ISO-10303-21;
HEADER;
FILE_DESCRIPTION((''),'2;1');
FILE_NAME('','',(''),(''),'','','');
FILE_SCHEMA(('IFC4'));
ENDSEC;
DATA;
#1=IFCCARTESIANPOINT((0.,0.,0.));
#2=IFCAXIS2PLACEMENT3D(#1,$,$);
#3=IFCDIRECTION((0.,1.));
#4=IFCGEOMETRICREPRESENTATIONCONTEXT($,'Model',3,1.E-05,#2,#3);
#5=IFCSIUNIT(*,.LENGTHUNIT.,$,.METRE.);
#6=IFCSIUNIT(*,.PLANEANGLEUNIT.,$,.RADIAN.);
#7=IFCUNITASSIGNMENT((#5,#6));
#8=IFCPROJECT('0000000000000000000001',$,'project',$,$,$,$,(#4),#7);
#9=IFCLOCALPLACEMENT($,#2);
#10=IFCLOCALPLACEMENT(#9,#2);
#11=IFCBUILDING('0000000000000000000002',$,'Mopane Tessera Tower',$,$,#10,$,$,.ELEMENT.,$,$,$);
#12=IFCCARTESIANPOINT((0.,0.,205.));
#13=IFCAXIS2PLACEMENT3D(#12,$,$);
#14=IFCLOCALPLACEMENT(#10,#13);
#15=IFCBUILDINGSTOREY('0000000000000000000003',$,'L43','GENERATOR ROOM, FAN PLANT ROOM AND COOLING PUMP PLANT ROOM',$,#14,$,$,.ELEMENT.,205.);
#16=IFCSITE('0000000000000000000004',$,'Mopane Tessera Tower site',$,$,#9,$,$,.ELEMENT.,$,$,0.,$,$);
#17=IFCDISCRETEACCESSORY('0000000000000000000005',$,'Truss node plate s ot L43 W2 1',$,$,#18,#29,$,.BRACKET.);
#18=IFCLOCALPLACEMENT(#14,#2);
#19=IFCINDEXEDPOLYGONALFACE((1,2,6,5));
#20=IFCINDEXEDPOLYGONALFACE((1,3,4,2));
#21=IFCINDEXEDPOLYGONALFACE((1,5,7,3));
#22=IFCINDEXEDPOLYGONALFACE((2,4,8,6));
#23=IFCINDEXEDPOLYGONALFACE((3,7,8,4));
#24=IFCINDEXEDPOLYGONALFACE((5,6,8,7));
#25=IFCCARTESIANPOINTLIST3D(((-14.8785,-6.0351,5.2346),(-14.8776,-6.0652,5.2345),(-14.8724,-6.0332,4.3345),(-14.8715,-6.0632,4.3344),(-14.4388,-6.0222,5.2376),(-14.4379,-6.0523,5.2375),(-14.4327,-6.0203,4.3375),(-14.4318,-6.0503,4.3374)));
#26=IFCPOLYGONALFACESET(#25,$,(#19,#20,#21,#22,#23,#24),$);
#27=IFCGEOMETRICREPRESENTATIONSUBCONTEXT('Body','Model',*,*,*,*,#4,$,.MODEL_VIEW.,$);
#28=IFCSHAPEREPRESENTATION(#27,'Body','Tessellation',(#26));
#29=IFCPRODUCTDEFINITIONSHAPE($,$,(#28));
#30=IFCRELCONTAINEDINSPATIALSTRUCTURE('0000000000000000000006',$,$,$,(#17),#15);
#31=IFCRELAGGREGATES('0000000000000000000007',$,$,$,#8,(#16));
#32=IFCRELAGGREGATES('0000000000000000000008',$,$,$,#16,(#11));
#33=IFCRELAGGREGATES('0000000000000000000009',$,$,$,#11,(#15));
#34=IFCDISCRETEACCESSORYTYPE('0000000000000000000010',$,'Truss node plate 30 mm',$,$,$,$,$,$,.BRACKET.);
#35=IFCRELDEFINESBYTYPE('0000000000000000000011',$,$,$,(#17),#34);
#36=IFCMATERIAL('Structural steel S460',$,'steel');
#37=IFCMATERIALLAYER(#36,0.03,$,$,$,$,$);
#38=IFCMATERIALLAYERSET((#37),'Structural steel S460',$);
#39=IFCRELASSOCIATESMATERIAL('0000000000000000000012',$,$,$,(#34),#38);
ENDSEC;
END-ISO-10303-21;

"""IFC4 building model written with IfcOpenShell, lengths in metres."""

from ifc_helpers import new_model, si_unit, direction, frame, origin, origin_2d, place, context, subcontext, project, spatial, rectangle, extrude, material, layer, layer_set, type_object, element, save


model = new_model("IFC4")

# Units and contexts
model_context = context("Model", 3, precision=1e-05, world=origin(), true_north=direction((0.0, 1.0)))
body_context = subcontext(model_context, "Body", "Model", "MODEL_VIEW")
ifc_project = project(units=[si_unit("LENGTHUNIT", "METRE"), si_unit("PLANEANGLEUNIT", "RADIAN")], contexts=[model_context])

# Site, building, storey
site_placement = place(None, origin())
site = spatial("IfcSite", under=ifc_project, at=site_placement, Name="Mopane Tessera Tower site", CompositionType="ELEMENT", RefElevation=0.0)
building_placement = place(site_placement, origin())
building = spatial("IfcBuilding", under=site, at=building_placement, Name="Mopane Tessera Tower", CompositionType="ELEMENT")
storey_placement = place(building_placement, frame((0.0, 0.0, 205.0)))
storey = spatial("IfcBuildingStorey", under=building, at=storey_placement, Name="L43", Description="GENERATOR ROOM, FAN PLANT ROOM AND COOLING PUMP PLANT ROOM", CompositionType="ELEMENT", Elevation=205.0)

# Discrete accessory
ifc_material_1 = material(Name="Structural steel S460", Category="steel")
ifc_layer_1 = layer(ifc_material_1, 0.03)
ifc_layer_set_1 = layer_set([ifc_layer_1], Name="Structural steel S460")
discrete_accessory_type_1 = type_object("IfcDiscreteAccessoryType", Name="Truss node plate 30 mm", PredefinedType="BRACKET", material=ifc_layer_set_1)
discrete_accessory_1_placement = place(storey_placement, frame((-14.6521, -6.0417, 4.3359), z_axis=(-0.00678, -0.00217, 0.999975), x_axis=(0.029356, -0.999567, -0.00197)))
element("IfcDiscreteAccessory", 1, at=discrete_accessory_1_placement, inside=storey, type_object=discrete_accessory_type_1, Name="Truss node plate s ot L43 W2 1", PredefinedType="BRACKET", context=body_context, shape_type="SweptSolid", body=[
    extrude(rectangle(XDim=0.03, YDim=0.4399, at=origin_2d()), origin(), (0.0, 0.0, 1.0), 0.9001),
])

save(model, "model.ifc")
